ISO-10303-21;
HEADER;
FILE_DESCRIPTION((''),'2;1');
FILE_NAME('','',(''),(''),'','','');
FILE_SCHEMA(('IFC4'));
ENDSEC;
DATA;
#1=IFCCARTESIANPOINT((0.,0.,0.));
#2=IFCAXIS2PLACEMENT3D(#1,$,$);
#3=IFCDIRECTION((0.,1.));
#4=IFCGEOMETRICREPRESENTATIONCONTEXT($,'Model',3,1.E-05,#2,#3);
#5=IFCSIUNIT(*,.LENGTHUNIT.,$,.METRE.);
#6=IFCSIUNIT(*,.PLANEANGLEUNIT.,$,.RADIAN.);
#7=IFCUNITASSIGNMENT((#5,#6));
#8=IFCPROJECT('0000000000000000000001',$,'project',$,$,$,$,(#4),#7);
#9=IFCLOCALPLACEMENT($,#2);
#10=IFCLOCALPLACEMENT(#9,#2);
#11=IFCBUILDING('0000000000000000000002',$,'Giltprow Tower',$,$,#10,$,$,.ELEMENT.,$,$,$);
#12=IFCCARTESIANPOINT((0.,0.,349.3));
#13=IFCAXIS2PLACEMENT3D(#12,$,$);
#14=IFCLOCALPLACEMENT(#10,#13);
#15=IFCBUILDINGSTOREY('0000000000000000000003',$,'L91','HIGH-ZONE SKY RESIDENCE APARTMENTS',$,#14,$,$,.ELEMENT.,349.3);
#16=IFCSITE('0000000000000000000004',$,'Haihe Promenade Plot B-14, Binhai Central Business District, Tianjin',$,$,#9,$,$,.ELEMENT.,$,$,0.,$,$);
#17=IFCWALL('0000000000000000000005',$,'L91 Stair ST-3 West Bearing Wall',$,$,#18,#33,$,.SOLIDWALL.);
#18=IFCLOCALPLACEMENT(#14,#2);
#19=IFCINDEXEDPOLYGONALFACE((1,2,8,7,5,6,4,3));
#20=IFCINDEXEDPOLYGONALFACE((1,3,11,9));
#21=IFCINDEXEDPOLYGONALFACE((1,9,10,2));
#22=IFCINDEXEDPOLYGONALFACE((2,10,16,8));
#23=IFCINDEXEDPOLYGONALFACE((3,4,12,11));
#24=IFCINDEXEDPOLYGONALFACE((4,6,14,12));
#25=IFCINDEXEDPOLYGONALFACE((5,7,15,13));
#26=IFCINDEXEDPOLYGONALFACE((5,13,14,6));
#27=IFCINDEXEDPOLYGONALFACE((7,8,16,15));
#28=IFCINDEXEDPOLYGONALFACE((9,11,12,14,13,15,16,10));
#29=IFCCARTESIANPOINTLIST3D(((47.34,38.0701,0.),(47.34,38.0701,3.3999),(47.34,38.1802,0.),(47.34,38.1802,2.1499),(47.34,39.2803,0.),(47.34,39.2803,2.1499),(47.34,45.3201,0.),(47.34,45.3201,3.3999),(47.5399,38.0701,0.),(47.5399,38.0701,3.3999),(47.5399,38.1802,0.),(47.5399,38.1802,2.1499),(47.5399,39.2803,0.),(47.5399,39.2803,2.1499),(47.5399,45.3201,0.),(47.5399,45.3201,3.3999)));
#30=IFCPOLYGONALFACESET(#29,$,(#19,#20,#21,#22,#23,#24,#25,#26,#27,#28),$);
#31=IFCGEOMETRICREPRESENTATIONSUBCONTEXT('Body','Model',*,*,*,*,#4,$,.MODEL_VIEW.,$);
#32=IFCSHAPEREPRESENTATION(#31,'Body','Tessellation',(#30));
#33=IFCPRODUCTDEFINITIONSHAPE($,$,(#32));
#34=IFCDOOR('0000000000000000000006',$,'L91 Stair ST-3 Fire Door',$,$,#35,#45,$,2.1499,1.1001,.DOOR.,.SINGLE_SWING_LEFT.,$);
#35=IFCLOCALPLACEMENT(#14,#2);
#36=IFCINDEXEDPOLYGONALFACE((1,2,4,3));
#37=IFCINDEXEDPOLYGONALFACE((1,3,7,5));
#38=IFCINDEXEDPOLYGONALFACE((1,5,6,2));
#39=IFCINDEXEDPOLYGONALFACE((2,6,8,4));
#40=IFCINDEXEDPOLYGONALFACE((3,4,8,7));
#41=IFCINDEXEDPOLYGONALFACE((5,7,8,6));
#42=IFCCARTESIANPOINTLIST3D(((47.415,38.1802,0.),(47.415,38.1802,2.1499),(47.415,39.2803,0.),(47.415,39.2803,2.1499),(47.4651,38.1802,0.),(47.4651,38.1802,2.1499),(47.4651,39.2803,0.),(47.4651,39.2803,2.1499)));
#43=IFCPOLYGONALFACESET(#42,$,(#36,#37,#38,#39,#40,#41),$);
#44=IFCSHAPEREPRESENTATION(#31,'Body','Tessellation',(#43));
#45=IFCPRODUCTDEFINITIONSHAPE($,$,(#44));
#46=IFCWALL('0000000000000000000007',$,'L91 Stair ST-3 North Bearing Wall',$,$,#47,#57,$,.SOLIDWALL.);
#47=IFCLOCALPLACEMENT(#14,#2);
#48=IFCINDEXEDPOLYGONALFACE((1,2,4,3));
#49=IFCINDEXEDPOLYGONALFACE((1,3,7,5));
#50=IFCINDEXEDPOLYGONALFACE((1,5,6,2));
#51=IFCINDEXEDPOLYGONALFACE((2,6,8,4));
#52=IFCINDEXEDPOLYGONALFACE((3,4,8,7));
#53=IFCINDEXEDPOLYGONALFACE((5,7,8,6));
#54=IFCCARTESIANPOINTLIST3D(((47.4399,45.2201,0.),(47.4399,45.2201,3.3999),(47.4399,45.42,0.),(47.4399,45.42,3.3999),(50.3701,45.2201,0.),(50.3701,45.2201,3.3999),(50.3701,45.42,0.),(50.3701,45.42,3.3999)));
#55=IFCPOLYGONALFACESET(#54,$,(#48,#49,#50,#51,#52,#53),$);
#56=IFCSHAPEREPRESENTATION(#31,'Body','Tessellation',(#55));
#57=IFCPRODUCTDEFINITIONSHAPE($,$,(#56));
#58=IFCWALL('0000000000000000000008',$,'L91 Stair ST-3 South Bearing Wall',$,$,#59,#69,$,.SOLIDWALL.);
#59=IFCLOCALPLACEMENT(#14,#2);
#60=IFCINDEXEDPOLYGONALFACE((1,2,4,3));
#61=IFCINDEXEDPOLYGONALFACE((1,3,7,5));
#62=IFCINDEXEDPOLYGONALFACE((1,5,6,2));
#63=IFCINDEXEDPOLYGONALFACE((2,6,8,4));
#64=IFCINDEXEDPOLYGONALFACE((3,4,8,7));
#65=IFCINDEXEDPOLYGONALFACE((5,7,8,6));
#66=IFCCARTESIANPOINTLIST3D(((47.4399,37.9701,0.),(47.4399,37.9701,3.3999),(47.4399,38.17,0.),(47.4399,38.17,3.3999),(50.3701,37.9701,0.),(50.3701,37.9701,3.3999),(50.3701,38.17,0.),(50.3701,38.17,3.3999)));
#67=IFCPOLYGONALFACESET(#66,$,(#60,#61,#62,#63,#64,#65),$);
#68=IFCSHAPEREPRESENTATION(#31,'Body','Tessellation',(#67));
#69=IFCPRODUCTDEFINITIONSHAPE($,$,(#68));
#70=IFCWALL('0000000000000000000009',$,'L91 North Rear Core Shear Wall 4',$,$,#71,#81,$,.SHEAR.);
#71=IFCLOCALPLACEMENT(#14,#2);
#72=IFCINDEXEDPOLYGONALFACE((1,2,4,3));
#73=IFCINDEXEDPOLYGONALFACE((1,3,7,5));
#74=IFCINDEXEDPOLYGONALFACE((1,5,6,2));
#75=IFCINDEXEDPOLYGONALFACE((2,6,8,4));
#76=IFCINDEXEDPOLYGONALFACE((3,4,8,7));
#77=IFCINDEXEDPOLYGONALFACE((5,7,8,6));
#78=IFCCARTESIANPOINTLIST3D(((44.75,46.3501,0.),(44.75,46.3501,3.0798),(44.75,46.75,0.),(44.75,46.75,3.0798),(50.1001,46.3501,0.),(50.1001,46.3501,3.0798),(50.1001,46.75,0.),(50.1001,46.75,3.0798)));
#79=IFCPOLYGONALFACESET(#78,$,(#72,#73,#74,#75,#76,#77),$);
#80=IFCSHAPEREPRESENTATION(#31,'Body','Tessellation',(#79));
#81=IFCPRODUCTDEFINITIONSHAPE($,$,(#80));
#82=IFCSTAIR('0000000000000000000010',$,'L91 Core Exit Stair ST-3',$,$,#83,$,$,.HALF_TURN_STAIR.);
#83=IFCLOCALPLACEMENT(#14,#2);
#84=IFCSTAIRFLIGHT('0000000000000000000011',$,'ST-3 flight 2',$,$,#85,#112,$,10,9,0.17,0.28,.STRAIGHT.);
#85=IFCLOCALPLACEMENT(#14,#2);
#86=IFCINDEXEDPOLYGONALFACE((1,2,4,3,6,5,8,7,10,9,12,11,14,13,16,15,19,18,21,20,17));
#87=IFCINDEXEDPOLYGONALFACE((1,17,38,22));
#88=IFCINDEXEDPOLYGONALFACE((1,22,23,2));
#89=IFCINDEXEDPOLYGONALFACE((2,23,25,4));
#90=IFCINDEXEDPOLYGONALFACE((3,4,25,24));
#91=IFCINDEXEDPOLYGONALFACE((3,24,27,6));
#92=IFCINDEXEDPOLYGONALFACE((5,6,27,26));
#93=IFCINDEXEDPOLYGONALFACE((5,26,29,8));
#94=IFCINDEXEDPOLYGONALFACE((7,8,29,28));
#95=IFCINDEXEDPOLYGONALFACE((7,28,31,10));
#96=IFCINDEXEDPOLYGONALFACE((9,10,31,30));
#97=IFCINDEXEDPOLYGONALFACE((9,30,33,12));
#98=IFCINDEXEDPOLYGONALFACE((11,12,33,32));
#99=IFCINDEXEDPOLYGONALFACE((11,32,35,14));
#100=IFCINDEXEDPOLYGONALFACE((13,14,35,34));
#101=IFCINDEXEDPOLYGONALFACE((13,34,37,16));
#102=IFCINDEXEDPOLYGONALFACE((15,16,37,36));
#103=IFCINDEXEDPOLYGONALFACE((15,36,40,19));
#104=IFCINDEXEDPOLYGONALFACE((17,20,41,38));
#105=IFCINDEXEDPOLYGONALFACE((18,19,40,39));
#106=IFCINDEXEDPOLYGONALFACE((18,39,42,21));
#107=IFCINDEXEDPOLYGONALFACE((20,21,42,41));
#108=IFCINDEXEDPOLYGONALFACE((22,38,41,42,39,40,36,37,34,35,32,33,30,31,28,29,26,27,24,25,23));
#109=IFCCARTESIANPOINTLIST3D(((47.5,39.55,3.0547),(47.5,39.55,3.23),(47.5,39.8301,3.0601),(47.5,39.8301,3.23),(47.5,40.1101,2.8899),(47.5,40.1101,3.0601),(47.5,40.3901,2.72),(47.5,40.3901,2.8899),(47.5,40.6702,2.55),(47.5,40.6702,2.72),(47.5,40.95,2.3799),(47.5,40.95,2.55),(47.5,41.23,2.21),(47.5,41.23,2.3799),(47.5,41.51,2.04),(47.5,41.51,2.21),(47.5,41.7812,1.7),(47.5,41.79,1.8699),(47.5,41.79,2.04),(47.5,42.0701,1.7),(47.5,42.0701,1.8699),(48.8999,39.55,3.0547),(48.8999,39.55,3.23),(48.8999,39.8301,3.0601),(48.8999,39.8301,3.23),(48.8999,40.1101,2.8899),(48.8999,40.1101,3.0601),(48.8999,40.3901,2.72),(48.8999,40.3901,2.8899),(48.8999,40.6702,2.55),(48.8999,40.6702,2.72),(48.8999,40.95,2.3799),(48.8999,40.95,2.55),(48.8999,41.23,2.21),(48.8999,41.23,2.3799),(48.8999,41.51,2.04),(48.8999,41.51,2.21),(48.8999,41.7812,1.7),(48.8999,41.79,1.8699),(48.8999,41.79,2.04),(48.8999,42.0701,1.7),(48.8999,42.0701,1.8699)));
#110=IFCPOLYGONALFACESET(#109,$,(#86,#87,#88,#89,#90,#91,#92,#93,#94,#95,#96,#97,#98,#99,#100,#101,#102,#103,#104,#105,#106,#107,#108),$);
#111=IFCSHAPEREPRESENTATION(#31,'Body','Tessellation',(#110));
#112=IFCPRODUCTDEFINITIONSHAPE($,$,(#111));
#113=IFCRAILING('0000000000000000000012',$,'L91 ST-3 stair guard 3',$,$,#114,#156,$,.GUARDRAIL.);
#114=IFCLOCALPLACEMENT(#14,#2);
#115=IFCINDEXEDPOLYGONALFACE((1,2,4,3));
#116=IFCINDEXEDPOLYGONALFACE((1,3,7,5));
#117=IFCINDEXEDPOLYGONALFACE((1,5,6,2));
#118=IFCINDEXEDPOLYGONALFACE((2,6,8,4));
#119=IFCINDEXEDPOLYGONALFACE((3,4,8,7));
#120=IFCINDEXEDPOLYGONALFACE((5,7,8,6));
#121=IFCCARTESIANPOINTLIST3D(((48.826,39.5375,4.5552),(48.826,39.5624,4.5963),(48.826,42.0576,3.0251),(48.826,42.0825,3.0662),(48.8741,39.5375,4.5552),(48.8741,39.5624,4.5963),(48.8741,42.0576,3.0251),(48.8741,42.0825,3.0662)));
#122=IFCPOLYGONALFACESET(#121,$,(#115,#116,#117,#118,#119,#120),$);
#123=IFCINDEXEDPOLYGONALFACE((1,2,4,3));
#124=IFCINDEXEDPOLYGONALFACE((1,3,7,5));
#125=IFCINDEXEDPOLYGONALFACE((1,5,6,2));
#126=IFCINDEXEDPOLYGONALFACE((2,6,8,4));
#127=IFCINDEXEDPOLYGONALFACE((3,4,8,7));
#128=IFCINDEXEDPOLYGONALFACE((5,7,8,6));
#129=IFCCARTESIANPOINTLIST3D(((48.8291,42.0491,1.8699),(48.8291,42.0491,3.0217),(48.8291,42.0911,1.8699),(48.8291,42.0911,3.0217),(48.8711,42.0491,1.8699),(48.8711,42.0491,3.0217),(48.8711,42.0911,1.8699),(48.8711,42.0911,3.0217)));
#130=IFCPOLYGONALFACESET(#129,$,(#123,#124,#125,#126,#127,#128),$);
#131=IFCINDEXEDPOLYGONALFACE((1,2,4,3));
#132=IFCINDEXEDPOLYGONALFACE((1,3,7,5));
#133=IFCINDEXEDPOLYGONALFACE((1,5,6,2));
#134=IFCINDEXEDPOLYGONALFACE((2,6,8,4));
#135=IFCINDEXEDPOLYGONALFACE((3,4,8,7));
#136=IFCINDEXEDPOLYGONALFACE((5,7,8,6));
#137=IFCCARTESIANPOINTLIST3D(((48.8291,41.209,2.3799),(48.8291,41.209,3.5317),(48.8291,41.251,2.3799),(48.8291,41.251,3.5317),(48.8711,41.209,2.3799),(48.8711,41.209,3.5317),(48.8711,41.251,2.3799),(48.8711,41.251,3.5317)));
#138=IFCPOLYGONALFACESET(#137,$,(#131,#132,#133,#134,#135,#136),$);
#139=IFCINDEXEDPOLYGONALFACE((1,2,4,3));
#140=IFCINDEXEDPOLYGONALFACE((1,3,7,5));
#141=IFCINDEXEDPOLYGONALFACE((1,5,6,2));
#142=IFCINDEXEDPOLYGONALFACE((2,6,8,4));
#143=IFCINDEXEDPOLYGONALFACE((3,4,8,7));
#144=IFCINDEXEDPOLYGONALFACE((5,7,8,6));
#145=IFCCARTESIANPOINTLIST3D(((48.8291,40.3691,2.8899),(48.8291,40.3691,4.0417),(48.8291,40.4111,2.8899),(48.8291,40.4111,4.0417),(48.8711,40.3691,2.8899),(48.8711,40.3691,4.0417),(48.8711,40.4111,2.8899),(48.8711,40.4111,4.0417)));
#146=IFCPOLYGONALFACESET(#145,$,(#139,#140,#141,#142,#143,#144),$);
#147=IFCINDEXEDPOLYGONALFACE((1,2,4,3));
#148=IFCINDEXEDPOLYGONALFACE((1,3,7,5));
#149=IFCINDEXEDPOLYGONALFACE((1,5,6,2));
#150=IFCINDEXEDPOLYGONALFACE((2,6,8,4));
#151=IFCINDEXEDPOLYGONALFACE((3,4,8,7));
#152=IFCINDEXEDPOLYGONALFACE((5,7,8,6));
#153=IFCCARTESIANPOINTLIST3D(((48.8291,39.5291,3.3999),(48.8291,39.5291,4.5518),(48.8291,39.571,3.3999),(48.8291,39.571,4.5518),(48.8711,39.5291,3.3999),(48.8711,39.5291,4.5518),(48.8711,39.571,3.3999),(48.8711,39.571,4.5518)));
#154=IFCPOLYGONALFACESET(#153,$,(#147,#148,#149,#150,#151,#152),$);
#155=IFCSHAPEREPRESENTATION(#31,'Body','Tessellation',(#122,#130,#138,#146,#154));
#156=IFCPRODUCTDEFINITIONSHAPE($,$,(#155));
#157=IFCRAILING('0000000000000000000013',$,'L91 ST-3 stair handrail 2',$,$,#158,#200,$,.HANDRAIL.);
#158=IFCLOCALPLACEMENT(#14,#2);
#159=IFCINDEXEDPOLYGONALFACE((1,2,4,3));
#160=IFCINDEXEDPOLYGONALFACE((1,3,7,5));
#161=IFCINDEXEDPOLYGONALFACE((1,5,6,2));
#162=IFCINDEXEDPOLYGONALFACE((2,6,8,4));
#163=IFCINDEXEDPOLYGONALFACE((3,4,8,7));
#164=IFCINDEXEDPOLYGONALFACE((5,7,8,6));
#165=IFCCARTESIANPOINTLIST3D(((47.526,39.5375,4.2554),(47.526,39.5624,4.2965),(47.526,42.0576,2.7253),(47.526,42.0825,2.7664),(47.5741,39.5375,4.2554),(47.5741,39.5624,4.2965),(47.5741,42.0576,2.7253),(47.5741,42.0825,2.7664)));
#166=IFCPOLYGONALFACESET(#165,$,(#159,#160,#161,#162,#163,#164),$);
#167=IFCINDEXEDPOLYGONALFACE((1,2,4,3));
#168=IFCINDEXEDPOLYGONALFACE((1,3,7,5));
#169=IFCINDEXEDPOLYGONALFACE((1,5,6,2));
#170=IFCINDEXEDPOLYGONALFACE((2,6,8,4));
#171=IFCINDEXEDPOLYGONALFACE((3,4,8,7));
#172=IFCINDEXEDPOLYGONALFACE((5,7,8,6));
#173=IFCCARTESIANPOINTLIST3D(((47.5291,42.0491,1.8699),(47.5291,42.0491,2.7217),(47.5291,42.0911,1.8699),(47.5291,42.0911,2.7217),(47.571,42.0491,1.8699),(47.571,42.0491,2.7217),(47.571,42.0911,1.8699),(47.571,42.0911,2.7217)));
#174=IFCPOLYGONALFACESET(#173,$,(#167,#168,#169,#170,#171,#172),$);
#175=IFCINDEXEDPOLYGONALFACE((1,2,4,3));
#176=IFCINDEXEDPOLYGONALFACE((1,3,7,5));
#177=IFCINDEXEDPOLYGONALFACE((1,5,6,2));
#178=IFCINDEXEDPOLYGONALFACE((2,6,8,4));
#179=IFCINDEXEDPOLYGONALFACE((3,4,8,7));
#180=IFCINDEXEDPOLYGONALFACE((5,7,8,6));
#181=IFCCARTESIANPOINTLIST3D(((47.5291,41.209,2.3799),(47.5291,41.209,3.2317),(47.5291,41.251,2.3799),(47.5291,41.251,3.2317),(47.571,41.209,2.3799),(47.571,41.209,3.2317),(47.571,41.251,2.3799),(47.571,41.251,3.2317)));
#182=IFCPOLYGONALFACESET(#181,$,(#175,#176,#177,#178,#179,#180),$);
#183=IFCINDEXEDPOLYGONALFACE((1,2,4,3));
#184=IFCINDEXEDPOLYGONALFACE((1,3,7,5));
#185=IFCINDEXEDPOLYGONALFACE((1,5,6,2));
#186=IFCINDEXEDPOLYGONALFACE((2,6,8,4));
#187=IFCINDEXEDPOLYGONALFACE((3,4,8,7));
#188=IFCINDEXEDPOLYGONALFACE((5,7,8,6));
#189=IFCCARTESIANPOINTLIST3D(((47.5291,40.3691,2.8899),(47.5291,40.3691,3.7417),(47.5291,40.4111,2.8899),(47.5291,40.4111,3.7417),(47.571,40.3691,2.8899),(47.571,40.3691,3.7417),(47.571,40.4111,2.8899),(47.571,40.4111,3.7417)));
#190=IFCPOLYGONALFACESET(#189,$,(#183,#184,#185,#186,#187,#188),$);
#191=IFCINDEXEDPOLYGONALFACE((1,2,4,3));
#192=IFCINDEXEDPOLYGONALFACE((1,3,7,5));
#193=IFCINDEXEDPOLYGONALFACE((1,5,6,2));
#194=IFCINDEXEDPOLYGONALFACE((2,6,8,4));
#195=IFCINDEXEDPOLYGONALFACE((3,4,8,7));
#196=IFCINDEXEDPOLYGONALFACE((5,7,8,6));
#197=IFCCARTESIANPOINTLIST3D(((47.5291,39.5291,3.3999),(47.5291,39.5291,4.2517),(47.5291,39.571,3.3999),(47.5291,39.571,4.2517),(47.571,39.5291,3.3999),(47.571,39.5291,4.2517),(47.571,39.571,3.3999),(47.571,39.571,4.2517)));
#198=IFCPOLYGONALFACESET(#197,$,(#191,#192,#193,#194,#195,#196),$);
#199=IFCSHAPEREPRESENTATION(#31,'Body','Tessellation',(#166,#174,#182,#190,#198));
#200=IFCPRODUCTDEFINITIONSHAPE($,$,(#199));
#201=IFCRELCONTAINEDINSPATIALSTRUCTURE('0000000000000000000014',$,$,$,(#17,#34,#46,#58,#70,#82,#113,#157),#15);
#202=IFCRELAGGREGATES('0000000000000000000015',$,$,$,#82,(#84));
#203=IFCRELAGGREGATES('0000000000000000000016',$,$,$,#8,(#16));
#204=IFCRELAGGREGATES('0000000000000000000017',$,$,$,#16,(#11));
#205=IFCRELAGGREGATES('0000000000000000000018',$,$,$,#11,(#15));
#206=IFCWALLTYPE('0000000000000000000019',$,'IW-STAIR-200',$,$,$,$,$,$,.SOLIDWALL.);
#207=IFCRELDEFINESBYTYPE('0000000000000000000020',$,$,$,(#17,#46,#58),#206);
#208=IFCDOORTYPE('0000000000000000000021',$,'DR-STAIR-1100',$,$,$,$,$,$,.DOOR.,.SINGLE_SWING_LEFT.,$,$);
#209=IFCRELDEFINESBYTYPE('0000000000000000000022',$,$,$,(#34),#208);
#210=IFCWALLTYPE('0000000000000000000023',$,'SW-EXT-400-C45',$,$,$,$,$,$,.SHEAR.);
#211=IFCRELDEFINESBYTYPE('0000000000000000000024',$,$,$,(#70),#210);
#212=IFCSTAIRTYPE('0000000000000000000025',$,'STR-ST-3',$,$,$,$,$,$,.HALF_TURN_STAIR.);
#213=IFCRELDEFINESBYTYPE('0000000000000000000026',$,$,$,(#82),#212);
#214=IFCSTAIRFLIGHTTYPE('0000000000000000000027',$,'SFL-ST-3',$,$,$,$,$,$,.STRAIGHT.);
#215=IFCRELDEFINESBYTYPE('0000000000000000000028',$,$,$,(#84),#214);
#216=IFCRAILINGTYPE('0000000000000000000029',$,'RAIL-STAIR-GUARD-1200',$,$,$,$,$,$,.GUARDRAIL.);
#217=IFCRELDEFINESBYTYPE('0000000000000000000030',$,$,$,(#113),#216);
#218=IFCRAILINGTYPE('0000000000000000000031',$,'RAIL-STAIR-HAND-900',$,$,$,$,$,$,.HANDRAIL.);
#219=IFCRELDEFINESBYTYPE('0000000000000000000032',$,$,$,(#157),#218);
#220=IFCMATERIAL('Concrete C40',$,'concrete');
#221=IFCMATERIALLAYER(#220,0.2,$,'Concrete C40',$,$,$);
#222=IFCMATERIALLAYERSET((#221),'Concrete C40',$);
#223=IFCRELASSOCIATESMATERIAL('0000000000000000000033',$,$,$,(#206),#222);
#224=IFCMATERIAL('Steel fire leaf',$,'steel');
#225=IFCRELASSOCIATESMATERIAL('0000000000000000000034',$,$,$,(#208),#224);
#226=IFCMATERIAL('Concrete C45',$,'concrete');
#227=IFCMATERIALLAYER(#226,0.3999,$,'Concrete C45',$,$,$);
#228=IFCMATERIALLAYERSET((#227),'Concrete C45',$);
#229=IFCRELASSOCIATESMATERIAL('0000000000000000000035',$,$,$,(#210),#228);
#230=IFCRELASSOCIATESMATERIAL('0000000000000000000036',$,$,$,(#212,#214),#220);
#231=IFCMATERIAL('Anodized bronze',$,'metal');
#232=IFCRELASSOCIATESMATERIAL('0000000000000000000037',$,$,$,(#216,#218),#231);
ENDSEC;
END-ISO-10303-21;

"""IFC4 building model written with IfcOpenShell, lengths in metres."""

from ifc_helpers import new_model, si_unit, direction, frame, frame_2d, origin, origin_2d, place, context, subcontext, project, spatial, polyline, rectangle, outline, extrude, source, transform, mapped, material, layer, layer_set, type_object, element, fill, aggregate, save


model = new_model("IFC4")

# Units and contexts
model_context = context("Model", 3, precision=1e-05, world=origin(), true_north=direction((0.0, 1.0)))
body_context = subcontext(model_context, "Body", "Model", "MODEL_VIEW")
ifc_project = project(units=[si_unit("LENGTHUNIT", "METRE"), si_unit("PLANEANGLEUNIT", "RADIAN")], contexts=[model_context])

# Site, building, storey
site_placement = place(None, origin())
site = spatial("IfcSite", under=ifc_project, at=site_placement, Name="Haihe Promenade Plot B-14, Binhai Central Business District, Tianjin", CompositionType="ELEMENT", RefElevation=0.0)
building_placement = place(site_placement, origin())
building = spatial("IfcBuilding", under=site, at=building_placement, Name="Giltprow Tower", CompositionType="ELEMENT")
storey_placement = place(building_placement, frame((0.0, 0.0, 349.3)))
storey = spatial("IfcBuildingStorey", under=building, at=storey_placement, Name="L91", Description="HIGH-ZONE SKY RESIDENCE APARTMENTS", CompositionType="ELEMENT", Elevation=349.3)

# Shared definitions
ifc_material_1 = material(Name="Concrete C45", Category="concrete")

# Shared definitions
ifc_material_2 = material(Name="Concrete C40", Category="concrete")

# Wall, opening, door
ifc_layer_1 = layer(ifc_material_2, 0.2, Name="Concrete C40")
ifc_layer_set_1 = layer_set([ifc_layer_1], Name="Concrete C40")
wall_type_1 = type_object("IfcWallType", Name="IW-STAIR-200", PredefinedType="SOLIDWALL", material=ifc_layer_set_1)
wall_1_placement = place(storey_placement, frame((47.4399, 38.0701, 0.0), z_axis=(0.0, 0.0, 1.0), x_axis=(0.0, 1.0, 0.0)))
wall_1 = element("IfcWall", 1, at=wall_1_placement, inside=storey, type_object=wall_type_1, Name="L91 Stair ST-3 West Bearing Wall", PredefinedType="SOLIDWALL", context=body_context, shape_type="SweptSolid", body=[
    extrude(rectangle(XDim=7.25, YDim=0.2, at=frame_2d((3.625, 0.0))), origin(), (0.0, 0.0, 1.0), 3.3999),
])
opening_1_placement = place(wall_1_placement, frame((0.1101, 0.0, 0.0)))
opening_1 = element("IfcOpeningElement", 2, at=opening_1_placement, cuts=wall_1, PredefinedType="OPENING", context=body_context, shape_type="SweptSolid", body=[
    extrude(rectangle(XDim=1.1001, YDim=2.1499, at=frame_2d((0.55, 1.075))), frame((0.0, 0.1099, 0.0), z_axis=(0.0, -1.0, 0.0), x_axis=(1.0, 0.0, 0.0)), (0.0, 0.0, 1.0), 0.22),
])
ifc_material_3 = material(Name="Steel fire leaf", Category="steel")
door_type_1 = type_object("IfcDoorType", Name="DR-STAIR-1100", OperationType="SINGLE_SWING_LEFT", PredefinedType="DOOR", material=ifc_material_3)
shared_shape_1 = source(origin(), body_context, "Body", "SweptSolid", [
    extrude(rectangle(XDim=1.1001, YDim=2.1499, at=frame_2d((0.55, 1.075))), frame((0.0, 0.0249, 0.0), z_axis=(0.0, -1.0, 0.0), x_axis=(1.0, 0.0, 0.0)), (0.0, 0.0, 1.0), 0.05),
])
door_1_placement = place(opening_1_placement, origin())
door_1 = element("IfcDoor", 3, at=door_1_placement, inside=storey, type_object=door_type_1, Name="L91 Stair ST-3 Fire Door", OperationType="SINGLE_SWING_LEFT", OverallHeight=2.1499, OverallWidth=1.1001, PredefinedType="DOOR", context=body_context, shape_type="MappedRepresentation", body=[
    mapped(shared_shape_1, transform((0.0, 0.0, 0.0), x_axis=(1.0, 0.0, 0.0), y_axis=(0.0, 1.0, 0.0), z_axis=(0.0, 0.0, 1.0), scale=1.0)),
])
fill(opening_1, door_1)

# Walls
for number, where, z_axis, x_axis, name in (
    (4, (47.4399, 45.3201, 0.0), (0.0, 0.0, 1.0), (1.0, 0.0, 0.0), "L91 Stair ST-3 North Bearing Wall"),
    (5, (47.4399, 38.0701, 0.0), (0.0, 0.0, 1.0), (1.0, 0.0, 0.0), "L91 Stair ST-3 South Bearing Wall"),
):
    element("IfcWall", number, at=place(storey_placement, frame(where, z_axis=z_axis, x_axis=x_axis)), inside=storey, type_object=wall_type_1, Name=name, PredefinedType="SOLIDWALL", context=body_context, shape_type="SweptSolid", body=[
        extrude(rectangle(XDim=2.9302, YDim=0.2, at=frame_2d((1.4651, 0.0))), origin(), (0.0, 0.0, 1.0), 3.3999),
    ])
ifc_layer_2 = layer(ifc_material_1, 0.3999, Name="Concrete C45")
ifc_layer_set_2 = layer_set([ifc_layer_2], Name="Concrete C45")
wall_type_2 = type_object("IfcWallType", Name="SW-EXT-400-C45", PredefinedType="SHEAR", material=ifc_layer_set_2)
wall_2_placement = place(storey_placement, frame((44.75, 46.55, 0.0), z_axis=(0.0, 0.0, 1.0), x_axis=(1.0, 0.0, 0.0)))
element("IfcWall", 6, at=wall_2_placement, inside=storey, type_object=wall_type_2, Name="L91 North Rear Core Shear Wall 4", PredefinedType="SHEAR", context=body_context, shape_type="SweptSolid", body=[
    extrude(rectangle(XDim=5.3501, YDim=0.3999, at=frame_2d((2.675, 0.0))), origin(), (0.0, 0.0, 1.0), 3.0798),
])

# Stair, stair flight
stair_type = type_object("IfcStairType", Name="STR-ST-3", PredefinedType="HALF_TURN_STAIR", material=ifc_material_2)
stair_placement = place(storey_placement, origin())
stair = element("IfcStair", 7, at=stair_placement, inside=storey, type_object=stair_type, Name="L91 Core Exit Stair ST-3", PredefinedType="HALF_TURN_STAIR")
stair_flight_type = type_object("IfcStairFlightType", Name="SFL-ST-3", PredefinedType="STRAIGHT", material=ifc_material_2)
stair_flight_placement = place(storey_placement, frame((48.2, 42.0701, 1.7), z_axis=(0.0, 0.0, 1.0), x_axis=(0.0, -1.0, 0.0)))
stair_flight = element("IfcStairFlight", 8, at=stair_flight_placement, type_object=stair_flight_type, Name="ST-3 flight 2", NumberOfRisers=10, NumberOfTreads=9, PredefinedType="STRAIGHT", RiserHeight=0.17, TreadLength=0.28, context=body_context, shape_type="SweptSolid", body=[
    extrude(outline(polyline([(0.0, 0.0), (0.0, 0.1699), (0.28, 0.1699), (0.28, 0.3401), (0.5601, 0.3401), (0.5601, 0.51), (0.8401, 0.51), (0.8401, 0.6799), (1.1201, 0.6799), (1.1201, 0.8501), (1.3999, 0.8501), (1.3999, 1.02), (1.6799, 1.02), (1.6799, 1.1899), (1.96, 1.1899), (1.96, 1.3601), (2.24, 1.3601), (2.24, 1.53), (2.52, 1.53), (2.52, 1.7), (2.52, 1.3547), (0.2888, 0.0), (0.0, 0.0)])), frame((0.0, 0.7, 0.0), z_axis=(0.0, -1.0, 0.0), x_axis=(1.0, 0.0, 0.0)), (0.0, 0.0, 1.0), 1.3999),
])
aggregate(stair, [stair_flight])

# Railings
ifc_material_4 = material(Name="Anodized bronze", Category="metal")
railing_type_1 = type_object("IfcRailingType", Name="RAIL-STAIR-GUARD-1200", PredefinedType="GUARDRAIL", material=ifc_material_4)
railing_1_placement = place(storey_placement, frame((48.8501, 42.0701, 1.8699)))
element("IfcRailing", 9, at=railing_1_placement, inside=storey, type_object=railing_type_1, Name="L91 ST-3 stair guard 3", PredefinedType="GUARDRAIL", context=body_context, shape_type="SweptSolid", body=[
    extrude(rectangle(XDim=0.0481, YDim=0.0481, at=origin_2d()), frame((0.0, 0.0, 1.1758), z_axis=(0.0, -0.854785, 0.518982), x_axis=(1.0, 0.0, 0.0)), (0.0, 0.0, 1.0), 2.9482),
    extrude(rectangle(XDim=0.042, YDim=0.042, at=origin_2d()), origin(), (0.0, 0.0, 1.0), 1.1519),
    extrude(rectangle(XDim=0.042, YDim=0.042, at=origin_2d()), frame((0.0, -0.8401, 0.51)), (0.0, 0.0, 1.0), 1.1519),
    extrude(rectangle(XDim=0.042, YDim=0.042, at=origin_2d()), frame((0.0, -1.6799, 1.02)), (0.0, 0.0, 1.0), 1.1519),
    extrude(rectangle(XDim=0.042, YDim=0.042, at=origin_2d()), frame((0.0, -2.52, 1.53)), (0.0, 0.0, 1.0), 1.1519),
])
railing_type_2 = type_object("IfcRailingType", Name="RAIL-STAIR-HAND-900", PredefinedType="HANDRAIL", material=ifc_material_4)
railing_2_placement = place(storey_placement, frame((47.55, 42.0701, 1.8699)))
element("IfcRailing", 10, at=railing_2_placement, inside=storey, type_object=railing_type_2, Name="L91 ST-3 stair handrail 2", PredefinedType="HANDRAIL", context=body_context, shape_type="SweptSolid", body=[
    extrude(rectangle(XDim=0.0481, YDim=0.0481, at=origin_2d()), frame((0.0, 0.0, 0.876), z_axis=(0.0, -0.854785, 0.518982), x_axis=(1.0, 0.0, 0.0)), (0.0, 0.0, 1.0), 2.9482),
    extrude(rectangle(XDim=0.042, YDim=0.042, at=origin_2d()), origin(), (0.0, 0.0, 1.0), 0.8518),
    extrude(rectangle(XDim=0.042, YDim=0.042, at=origin_2d()), frame((0.0, -0.8401, 0.51)), (0.0, 0.0, 1.0), 0.8518),
    extrude(rectangle(XDim=0.042, YDim=0.042, at=origin_2d()), frame((0.0, -1.6799, 1.02)), (0.0, 0.0, 1.0), 0.8518),
    extrude(rectangle(XDim=0.042, YDim=0.042, at=origin_2d()), frame((0.0, -2.52, 1.53)), (0.0, 0.0, 1.0), 0.8518),
])

save(model, "model.ifc")
